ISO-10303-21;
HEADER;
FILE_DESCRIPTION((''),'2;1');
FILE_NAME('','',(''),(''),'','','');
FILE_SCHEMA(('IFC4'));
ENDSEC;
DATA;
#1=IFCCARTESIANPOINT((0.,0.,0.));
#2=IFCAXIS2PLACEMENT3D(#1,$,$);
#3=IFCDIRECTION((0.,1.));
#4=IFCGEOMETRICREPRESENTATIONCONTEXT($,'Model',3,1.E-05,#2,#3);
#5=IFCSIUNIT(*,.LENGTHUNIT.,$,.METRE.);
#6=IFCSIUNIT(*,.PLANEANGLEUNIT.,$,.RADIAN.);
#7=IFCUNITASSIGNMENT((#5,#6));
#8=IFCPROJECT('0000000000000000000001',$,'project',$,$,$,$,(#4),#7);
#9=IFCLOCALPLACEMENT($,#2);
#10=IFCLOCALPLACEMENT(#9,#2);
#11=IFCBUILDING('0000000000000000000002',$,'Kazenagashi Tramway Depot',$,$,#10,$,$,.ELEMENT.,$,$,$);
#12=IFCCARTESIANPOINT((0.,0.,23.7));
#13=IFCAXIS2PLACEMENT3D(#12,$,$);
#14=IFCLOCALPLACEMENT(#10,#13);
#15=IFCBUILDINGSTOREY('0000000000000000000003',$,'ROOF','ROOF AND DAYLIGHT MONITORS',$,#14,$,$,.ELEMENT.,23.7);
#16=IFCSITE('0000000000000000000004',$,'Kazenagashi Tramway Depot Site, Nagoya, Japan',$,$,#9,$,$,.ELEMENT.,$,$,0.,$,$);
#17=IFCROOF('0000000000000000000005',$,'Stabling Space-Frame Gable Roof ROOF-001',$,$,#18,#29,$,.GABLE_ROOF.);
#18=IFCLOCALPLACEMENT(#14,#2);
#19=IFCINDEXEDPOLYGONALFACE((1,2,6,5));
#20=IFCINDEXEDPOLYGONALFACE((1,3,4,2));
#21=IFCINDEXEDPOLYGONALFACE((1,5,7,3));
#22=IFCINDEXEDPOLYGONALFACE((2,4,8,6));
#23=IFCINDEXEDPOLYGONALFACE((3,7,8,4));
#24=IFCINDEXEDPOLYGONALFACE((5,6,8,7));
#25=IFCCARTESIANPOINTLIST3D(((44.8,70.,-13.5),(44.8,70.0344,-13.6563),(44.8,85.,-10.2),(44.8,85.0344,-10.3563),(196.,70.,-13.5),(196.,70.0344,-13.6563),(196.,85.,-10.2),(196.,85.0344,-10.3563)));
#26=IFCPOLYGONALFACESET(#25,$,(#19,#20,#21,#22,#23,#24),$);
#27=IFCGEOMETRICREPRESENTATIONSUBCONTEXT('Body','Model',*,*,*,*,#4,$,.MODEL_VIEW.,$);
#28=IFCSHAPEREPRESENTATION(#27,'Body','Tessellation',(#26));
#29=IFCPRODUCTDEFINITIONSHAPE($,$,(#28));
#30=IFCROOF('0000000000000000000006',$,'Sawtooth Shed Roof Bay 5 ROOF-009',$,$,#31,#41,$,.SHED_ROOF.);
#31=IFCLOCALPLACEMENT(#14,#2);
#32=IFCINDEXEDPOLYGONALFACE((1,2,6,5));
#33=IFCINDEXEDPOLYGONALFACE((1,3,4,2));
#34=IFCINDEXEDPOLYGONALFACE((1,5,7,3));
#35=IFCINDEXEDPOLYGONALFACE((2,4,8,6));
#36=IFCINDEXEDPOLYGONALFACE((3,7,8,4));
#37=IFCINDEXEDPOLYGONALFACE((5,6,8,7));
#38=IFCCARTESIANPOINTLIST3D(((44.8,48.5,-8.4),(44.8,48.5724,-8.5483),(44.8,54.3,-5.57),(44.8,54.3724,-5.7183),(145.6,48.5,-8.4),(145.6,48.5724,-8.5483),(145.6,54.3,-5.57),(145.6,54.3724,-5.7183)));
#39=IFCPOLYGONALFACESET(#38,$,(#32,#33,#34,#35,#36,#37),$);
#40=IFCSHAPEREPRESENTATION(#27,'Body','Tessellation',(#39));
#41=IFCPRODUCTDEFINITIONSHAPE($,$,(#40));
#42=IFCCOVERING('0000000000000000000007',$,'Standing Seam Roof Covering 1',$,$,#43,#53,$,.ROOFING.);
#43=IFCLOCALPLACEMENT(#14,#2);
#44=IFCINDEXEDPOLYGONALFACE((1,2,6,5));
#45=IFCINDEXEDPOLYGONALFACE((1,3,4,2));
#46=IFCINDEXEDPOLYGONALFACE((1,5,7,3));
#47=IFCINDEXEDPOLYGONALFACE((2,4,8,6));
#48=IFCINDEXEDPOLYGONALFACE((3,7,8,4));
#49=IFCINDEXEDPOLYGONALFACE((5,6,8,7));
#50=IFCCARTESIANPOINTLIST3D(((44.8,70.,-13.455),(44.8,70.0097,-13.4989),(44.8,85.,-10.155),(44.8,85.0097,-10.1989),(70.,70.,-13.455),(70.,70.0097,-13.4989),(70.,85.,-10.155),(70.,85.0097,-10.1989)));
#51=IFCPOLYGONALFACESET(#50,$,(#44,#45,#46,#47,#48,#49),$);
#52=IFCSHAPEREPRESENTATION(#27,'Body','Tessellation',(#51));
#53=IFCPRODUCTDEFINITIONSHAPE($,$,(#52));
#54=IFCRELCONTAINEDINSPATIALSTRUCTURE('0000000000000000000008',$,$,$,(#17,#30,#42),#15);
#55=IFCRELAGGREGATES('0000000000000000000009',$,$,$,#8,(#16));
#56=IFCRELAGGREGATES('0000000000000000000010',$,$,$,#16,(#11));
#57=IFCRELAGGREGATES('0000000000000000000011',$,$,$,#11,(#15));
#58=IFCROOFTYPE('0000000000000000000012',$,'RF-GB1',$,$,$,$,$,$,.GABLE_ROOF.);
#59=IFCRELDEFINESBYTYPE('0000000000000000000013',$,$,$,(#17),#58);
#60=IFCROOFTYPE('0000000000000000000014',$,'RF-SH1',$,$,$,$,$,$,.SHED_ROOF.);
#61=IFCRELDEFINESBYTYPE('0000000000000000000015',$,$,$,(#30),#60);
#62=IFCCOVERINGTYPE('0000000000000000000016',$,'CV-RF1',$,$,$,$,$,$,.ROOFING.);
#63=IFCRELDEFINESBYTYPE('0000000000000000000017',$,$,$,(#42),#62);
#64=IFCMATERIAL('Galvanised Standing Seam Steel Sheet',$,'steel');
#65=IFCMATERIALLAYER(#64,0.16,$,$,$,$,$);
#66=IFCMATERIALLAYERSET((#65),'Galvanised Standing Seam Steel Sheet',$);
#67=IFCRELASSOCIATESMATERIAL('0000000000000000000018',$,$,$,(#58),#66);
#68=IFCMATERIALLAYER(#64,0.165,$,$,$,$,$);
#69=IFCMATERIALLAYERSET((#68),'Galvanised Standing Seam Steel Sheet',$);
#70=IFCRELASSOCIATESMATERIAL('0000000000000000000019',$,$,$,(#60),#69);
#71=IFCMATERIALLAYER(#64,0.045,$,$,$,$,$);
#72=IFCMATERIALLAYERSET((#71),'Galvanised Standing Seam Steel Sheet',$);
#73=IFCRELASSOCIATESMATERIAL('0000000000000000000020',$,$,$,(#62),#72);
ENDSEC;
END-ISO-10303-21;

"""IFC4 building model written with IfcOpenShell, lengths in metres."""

from ifc_helpers import new_model, si_unit, direction, frame, origin, place, context, subcontext, project, spatial, polyline, outline, extrude, material, layer, layer_set, type_object, element, save


model = new_model("IFC4")

# Units and contexts
model_context = context("Model", 3, precision=1e-05, world=origin(), true_north=direction((0.0, 1.0)))
body_context = subcontext(model_context, "Body", "Model", "MODEL_VIEW")
ifc_project = project(units=[si_unit("LENGTHUNIT", "METRE"), si_unit("PLANEANGLEUNIT", "RADIAN")], contexts=[model_context])

# Site, building, storey
site_placement = place(None, origin())
site = spatial("IfcSite", under=ifc_project, at=site_placement, Name="Kazenagashi Tramway Depot Site, Nagoya, Japan", CompositionType="ELEMENT", RefElevation=0.0)
building_placement = place(site_placement, origin())
building = spatial("IfcBuilding", under=site, at=building_placement, Name="Kazenagashi Tramway Depot", CompositionType="ELEMENT")
storey_placement = place(building_placement, frame((0.0, 0.0, 23.7)))
storey = spatial("IfcBuildingStorey", under=building, at=storey_placement, Name="ROOF", Description="ROOF AND DAYLIGHT MONITORS", CompositionType="ELEMENT", Elevation=23.7)

# Roofs
ifc_material_1 = material(Name="Galvanised Standing Seam Steel Sheet", Category="steel")
ifc_layer_1 = layer(ifc_material_1, 0.16)
ifc_layer_set_1 = layer_set([ifc_layer_1], Name="Galvanised Standing Seam Steel Sheet")
roof_type_1 = type_object("IfcRoofType", Name="RF-GB1", PredefinedType="GABLE_ROOF", material=ifc_layer_set_1)
roof_1_placement = place(storey_placement, frame((44.8, 70.0, -13.5), z_axis=(0.0, -0.214862, 0.976644), x_axis=(1.0, 0.0, 0.0)))
element("IfcRoof", 1, at=roof_1_placement, inside=storey, type_object=roof_type_1, Name="Stabling Space-Frame Gable Roof ROOF-001", PredefinedType="GABLE_ROOF", context=body_context, shape_type="SweptSolid", body=[
    extrude(outline(polyline([(0.0, 0.0), (151.2, 0.0), (151.2, 15.3587), (0.0, 15.3587), (0.0, 0.0)])), origin(), (0.0, 0.0, -1.0), 0.16),
])
ifc_layer_2 = layer(ifc_material_1, 0.165)
ifc_layer_set_2 = layer_set([ifc_layer_2], Name="Galvanised Standing Seam Steel Sheet")
roof_type_2 = type_object("IfcRoofType", Name="RF-SH1", PredefinedType="SHED_ROOF", material=ifc_layer_set_2)
roof_2_placement = place(storey_placement, frame((44.8, 48.5, -8.4), z_axis=(0.0, -0.438515, 0.898724), x_axis=(1.0, 0.0, 0.0)))
element("IfcRoof", 2, at=roof_2_placement, inside=storey, type_object=roof_type_2, Name="Sawtooth Shed Roof Bay 5 ROOF-009", PredefinedType="SHED_ROOF", context=body_context, shape_type="SweptSolid", body=[
    extrude(outline(polyline([(0.0, 0.0), (100.8, 0.0), (100.8, 6.4536), (0.0, 6.4536), (0.0, 0.0)])), origin(), (0.0, 0.0, -1.0), 0.165),
])

# Covering
ifc_layer_3 = layer(ifc_material_1, 0.045)
ifc_layer_set_3 = layer_set([ifc_layer_3], Name="Galvanised Standing Seam Steel Sheet")
covering_type = type_object("IfcCoveringType", Name="CV-RF1", PredefinedType="ROOFING", material=ifc_layer_set_3)
covering_placement = place(storey_placement, frame((44.8, 70.0, -13.455), z_axis=(0.0, -0.214862, 0.976644), x_axis=(1.0, 0.0, 0.0)))
element("IfcCovering", 3, at=covering_placement, inside=storey, type_object=covering_type, Name="Standing Seam Roof Covering 1", PredefinedType="ROOFING", context=body_context, shape_type="SweptSolid", body=[
    extrude(outline(polyline([(0.0, 0.0), (25.2, 0.0), (25.2, 15.3587), (0.0, 15.3587), (0.0, 0.0)])), origin(), (0.0, 0.0, -1.0), 0.045),
])

save(model, "model.ifc")
